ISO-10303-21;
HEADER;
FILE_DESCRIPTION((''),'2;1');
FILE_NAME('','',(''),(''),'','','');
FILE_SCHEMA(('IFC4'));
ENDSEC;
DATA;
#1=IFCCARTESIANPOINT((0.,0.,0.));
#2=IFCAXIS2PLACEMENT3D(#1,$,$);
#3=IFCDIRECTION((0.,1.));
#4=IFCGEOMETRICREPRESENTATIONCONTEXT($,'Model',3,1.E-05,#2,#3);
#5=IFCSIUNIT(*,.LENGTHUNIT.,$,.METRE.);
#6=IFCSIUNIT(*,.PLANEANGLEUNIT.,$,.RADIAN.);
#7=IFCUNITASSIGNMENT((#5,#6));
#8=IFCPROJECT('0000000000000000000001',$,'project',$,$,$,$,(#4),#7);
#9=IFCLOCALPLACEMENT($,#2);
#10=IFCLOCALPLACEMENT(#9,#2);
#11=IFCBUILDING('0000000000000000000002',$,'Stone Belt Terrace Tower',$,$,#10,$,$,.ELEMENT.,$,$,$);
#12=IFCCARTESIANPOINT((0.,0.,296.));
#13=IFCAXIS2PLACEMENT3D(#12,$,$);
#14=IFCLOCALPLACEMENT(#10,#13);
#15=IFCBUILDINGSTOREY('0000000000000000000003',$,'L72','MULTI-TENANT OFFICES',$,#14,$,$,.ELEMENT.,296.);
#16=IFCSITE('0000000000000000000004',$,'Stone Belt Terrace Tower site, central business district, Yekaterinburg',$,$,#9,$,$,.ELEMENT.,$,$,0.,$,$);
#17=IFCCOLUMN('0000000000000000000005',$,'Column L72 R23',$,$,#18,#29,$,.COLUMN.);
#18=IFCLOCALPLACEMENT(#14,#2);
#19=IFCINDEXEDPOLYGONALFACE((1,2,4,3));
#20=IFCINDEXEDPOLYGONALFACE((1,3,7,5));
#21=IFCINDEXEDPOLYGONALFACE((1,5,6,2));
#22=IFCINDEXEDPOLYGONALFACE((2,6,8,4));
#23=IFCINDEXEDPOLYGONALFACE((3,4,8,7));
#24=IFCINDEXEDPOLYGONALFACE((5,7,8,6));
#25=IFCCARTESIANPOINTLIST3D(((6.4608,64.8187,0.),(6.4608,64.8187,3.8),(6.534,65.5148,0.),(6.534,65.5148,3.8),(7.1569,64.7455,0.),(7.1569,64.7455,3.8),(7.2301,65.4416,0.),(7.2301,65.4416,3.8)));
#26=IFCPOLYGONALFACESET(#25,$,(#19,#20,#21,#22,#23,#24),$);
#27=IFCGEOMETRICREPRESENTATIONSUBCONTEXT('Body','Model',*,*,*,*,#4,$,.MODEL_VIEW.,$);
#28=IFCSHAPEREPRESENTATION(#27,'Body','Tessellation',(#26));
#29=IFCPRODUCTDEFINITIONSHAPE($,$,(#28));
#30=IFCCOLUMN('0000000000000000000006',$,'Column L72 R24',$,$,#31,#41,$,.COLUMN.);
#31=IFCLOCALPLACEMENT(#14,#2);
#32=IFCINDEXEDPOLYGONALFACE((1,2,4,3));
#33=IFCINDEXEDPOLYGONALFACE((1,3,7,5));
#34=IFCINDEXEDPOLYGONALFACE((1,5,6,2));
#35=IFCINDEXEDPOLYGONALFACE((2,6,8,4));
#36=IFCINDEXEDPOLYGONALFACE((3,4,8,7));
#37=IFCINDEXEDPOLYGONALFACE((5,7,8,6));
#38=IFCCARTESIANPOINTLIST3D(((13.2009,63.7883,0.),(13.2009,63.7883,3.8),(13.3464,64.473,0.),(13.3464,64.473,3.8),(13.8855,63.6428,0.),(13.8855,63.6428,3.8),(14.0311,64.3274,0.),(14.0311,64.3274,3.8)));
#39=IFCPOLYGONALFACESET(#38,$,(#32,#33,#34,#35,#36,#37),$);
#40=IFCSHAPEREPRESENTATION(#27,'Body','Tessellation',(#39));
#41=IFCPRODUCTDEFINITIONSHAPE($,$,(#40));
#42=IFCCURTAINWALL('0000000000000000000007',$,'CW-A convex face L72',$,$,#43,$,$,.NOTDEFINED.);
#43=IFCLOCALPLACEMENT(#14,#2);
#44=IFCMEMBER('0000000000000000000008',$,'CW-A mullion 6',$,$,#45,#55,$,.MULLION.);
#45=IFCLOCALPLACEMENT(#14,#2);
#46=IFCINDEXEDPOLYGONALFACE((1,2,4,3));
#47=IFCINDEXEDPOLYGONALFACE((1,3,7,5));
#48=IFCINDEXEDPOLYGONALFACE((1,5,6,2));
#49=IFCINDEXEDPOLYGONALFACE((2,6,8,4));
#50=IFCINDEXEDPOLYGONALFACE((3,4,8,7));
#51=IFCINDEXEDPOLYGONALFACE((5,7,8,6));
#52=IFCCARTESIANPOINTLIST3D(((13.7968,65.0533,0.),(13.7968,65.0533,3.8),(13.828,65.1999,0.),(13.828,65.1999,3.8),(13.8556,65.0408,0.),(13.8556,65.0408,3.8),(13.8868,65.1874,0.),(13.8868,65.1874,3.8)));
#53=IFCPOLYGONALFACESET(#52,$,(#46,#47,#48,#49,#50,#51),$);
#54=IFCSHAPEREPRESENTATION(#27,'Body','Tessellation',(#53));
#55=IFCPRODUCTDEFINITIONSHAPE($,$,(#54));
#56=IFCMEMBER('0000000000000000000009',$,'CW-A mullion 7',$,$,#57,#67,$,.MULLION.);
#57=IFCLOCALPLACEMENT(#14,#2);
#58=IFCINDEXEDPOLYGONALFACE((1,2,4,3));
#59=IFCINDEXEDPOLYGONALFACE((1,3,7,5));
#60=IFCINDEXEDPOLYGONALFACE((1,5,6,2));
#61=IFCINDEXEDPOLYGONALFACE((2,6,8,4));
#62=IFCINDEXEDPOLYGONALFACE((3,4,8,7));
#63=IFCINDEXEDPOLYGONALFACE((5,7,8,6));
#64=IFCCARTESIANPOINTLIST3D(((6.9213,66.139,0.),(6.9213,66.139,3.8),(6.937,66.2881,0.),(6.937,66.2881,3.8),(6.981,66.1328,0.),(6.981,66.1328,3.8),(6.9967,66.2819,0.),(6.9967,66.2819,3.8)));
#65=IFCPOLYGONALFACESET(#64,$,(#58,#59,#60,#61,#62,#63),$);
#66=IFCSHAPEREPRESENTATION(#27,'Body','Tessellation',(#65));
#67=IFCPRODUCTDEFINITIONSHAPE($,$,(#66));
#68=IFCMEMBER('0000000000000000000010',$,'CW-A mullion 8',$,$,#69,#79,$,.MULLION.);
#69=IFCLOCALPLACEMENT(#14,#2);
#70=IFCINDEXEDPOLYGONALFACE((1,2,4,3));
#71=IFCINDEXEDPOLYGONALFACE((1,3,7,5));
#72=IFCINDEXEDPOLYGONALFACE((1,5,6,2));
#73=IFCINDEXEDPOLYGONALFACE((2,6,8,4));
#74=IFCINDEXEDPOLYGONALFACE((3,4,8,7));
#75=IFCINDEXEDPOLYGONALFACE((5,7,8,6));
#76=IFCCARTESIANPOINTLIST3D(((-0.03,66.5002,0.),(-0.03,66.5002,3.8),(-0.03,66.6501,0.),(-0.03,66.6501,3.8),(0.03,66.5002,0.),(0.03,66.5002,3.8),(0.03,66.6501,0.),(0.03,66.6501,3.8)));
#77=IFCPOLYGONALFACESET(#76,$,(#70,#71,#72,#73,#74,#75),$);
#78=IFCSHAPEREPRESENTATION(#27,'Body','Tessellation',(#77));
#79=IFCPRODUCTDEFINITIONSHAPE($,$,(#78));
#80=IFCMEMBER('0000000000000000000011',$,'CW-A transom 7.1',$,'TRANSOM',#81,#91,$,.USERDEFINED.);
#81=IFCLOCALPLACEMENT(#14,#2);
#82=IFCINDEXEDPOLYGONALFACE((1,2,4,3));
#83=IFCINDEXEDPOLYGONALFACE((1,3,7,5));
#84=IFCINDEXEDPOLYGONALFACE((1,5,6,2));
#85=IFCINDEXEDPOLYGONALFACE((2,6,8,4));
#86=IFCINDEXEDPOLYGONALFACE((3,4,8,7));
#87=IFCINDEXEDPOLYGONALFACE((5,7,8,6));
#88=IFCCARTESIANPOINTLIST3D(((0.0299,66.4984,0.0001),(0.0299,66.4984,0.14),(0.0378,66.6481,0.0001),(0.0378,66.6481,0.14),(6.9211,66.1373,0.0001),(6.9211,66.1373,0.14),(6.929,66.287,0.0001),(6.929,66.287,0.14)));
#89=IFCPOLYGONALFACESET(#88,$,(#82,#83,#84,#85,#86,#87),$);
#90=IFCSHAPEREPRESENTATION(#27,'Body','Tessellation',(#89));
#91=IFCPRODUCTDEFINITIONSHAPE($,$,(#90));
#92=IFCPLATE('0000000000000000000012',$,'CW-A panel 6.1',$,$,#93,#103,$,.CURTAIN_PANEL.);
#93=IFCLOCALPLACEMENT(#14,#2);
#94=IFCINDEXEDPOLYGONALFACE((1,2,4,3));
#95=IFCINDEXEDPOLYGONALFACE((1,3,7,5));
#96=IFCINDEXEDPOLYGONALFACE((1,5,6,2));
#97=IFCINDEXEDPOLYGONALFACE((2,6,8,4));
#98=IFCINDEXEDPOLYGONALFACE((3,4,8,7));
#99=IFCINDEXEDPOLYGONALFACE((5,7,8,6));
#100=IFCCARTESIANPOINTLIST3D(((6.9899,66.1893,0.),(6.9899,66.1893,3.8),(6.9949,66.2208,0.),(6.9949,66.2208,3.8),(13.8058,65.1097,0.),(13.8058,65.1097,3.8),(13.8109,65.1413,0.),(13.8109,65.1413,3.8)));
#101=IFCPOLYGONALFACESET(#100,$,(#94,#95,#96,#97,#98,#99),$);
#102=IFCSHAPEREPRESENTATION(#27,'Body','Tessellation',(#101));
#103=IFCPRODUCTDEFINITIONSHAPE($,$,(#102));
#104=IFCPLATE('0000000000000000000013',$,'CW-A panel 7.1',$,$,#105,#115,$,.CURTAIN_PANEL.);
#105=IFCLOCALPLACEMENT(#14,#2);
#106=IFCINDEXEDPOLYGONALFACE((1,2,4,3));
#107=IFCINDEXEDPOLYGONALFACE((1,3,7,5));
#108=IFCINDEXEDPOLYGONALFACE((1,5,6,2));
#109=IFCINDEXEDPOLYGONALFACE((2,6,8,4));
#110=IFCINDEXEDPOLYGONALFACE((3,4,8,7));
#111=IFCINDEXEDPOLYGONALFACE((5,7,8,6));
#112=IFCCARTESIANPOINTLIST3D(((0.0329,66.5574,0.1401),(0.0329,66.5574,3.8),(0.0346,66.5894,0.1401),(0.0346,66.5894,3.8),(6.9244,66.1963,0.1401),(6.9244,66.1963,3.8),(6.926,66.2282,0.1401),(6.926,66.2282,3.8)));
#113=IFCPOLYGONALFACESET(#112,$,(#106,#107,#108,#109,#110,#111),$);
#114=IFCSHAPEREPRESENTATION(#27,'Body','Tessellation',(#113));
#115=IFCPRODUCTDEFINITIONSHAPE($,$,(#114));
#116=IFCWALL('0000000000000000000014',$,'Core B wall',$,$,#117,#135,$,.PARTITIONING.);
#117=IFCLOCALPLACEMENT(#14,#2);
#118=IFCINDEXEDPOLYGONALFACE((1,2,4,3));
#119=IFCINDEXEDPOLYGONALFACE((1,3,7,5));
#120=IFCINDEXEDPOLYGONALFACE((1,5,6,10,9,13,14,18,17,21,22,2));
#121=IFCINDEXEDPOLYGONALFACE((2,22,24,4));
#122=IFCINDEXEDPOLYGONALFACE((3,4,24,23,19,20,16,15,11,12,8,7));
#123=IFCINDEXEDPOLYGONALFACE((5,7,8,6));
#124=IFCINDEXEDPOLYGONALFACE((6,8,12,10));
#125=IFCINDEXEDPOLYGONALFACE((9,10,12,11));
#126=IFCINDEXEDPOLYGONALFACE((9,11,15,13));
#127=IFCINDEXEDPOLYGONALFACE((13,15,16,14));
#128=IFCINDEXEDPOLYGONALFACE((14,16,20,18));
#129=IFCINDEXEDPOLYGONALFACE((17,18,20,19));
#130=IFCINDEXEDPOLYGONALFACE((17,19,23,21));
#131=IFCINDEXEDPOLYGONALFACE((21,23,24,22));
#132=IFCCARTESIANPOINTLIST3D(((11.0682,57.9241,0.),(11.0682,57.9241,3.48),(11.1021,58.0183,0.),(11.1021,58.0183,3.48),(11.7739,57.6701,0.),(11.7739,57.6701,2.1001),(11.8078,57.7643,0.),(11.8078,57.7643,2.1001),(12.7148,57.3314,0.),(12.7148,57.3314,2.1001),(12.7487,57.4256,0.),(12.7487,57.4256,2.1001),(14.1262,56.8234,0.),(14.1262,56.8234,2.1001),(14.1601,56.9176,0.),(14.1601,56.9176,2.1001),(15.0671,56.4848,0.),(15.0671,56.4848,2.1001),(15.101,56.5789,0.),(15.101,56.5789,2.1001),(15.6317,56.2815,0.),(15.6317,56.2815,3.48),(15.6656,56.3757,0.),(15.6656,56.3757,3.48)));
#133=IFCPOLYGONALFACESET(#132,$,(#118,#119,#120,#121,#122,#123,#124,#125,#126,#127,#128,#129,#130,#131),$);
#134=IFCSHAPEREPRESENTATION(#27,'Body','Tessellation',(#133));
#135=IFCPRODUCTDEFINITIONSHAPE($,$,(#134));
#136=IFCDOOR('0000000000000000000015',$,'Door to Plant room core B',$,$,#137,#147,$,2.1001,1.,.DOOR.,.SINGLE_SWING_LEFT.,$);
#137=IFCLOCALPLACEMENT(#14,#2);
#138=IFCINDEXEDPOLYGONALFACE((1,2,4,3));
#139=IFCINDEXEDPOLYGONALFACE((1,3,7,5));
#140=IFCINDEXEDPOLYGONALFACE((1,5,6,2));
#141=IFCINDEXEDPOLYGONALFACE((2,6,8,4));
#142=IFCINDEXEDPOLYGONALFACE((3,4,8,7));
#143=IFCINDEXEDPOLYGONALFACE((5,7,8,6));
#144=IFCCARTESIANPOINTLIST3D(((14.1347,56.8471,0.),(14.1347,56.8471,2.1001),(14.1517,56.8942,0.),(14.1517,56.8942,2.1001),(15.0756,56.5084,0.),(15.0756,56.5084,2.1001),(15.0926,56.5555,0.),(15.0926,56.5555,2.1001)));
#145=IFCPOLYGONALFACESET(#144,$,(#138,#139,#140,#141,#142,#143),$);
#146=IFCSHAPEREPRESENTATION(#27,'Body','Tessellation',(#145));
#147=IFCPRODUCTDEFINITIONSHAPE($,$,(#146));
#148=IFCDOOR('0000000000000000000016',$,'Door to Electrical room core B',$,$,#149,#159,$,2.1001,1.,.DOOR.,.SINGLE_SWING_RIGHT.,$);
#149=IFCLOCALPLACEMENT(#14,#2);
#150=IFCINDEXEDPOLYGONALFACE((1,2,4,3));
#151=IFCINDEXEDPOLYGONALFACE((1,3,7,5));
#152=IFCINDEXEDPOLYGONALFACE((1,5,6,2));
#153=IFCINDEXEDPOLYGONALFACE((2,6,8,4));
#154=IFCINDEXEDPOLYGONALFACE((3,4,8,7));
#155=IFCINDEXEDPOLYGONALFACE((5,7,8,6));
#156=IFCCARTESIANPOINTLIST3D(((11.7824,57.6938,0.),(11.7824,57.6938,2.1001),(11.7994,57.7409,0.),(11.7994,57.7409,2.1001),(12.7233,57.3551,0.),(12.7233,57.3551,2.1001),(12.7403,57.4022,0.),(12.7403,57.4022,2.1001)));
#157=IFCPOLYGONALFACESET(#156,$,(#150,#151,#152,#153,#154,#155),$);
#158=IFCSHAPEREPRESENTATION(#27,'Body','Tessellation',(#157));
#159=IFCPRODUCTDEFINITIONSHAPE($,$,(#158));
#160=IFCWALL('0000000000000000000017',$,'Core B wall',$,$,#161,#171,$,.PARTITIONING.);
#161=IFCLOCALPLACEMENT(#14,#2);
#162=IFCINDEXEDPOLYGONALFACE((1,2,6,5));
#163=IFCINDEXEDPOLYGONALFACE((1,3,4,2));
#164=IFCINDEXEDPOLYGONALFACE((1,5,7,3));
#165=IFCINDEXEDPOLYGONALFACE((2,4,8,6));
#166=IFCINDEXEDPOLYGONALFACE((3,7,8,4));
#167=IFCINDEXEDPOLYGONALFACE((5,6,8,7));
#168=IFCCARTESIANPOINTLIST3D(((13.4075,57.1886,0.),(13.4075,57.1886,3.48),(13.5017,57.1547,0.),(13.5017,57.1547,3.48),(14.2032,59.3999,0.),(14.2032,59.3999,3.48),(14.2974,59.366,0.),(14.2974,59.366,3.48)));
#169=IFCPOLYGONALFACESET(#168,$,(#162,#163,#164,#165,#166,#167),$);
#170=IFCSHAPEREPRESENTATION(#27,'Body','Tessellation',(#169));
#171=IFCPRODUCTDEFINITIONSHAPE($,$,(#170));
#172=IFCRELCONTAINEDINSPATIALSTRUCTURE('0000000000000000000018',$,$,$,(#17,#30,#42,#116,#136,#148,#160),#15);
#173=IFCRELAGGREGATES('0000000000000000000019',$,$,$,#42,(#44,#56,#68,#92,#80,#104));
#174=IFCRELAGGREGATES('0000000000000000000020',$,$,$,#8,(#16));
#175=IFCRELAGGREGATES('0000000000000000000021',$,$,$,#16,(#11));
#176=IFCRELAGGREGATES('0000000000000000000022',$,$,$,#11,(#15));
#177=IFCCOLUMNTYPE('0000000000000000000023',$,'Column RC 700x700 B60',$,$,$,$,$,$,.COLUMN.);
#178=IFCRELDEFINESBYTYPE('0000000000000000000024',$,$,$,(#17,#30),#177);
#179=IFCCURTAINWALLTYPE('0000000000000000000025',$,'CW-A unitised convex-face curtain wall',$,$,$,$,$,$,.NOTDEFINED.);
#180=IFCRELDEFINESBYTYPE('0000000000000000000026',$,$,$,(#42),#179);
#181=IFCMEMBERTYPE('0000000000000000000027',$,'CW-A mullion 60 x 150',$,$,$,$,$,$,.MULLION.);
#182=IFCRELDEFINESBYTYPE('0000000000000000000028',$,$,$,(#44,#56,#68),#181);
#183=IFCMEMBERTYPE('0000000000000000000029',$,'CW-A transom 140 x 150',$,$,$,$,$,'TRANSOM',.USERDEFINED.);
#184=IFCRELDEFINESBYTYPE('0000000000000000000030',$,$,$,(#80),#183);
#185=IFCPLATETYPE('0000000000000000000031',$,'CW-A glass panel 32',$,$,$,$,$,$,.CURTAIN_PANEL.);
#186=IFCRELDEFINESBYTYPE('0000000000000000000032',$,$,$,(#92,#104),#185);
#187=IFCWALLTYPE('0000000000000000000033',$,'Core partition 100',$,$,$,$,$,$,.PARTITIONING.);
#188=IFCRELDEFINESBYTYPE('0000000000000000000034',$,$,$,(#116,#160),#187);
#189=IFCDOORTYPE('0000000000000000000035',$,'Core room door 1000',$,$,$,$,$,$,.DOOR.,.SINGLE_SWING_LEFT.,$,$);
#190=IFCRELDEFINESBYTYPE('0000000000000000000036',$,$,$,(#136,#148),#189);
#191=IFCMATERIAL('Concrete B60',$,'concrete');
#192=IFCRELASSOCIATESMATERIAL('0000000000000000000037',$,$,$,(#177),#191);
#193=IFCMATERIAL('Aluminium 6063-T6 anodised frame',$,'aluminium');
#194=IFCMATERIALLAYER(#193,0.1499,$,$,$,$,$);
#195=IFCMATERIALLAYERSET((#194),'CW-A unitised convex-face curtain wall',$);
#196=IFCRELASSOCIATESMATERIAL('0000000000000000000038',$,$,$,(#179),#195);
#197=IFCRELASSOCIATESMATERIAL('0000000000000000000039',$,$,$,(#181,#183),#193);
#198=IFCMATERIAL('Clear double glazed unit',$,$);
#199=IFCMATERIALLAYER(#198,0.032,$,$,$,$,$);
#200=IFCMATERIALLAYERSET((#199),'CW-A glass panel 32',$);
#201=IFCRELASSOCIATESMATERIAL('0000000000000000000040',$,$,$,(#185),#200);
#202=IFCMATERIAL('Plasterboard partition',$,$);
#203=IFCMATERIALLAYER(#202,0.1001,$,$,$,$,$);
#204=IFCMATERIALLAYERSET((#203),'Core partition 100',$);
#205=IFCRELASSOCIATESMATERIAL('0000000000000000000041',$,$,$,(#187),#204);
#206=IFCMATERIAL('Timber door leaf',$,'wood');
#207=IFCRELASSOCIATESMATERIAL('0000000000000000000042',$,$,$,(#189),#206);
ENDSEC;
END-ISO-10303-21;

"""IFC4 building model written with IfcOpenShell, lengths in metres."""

from ifc_helpers import new_model, si_unit, direction, frame, frame_2d, origin, origin_2d, place, context, subcontext, project, spatial, rectangle, extrude, material, layer, layer_set, material_profile, profile_set, type_object, element, fill, aggregate, save


model = new_model("IFC4")

# Units and contexts
model_context = context("Model", 3, precision=1e-05, world=origin(), true_north=direction((0.0, 1.0)))
body_context = subcontext(model_context, "Body", "Model", "MODEL_VIEW")
ifc_project = project(units=[si_unit("LENGTHUNIT", "METRE"), si_unit("PLANEANGLEUNIT", "RADIAN")], contexts=[model_context])

# Site, building, storey
site_placement = place(None, origin())
site = spatial("IfcSite", under=ifc_project, at=site_placement, Name="Stone Belt Terrace Tower site, central business district, Yekaterinburg", CompositionType="ELEMENT", RefElevation=0.0)
building_placement = place(site_placement, origin())
building = spatial("IfcBuilding", under=site, at=building_placement, Name="Stone Belt Terrace Tower", CompositionType="ELEMENT")
storey_placement = place(building_placement, frame((0.0, 0.0, 296.0)))
storey = spatial("IfcBuildingStorey", under=building, at=storey_placement, Name="L72", Description="MULTI-TENANT OFFICES", CompositionType="ELEMENT", Elevation=296.0)

# Columns
ifc_material_1 = material(Name="Concrete B60", Category="concrete")
ifc_material_profile_1 = material_profile(ifc_material_1, rectangle(XDim=0.7, YDim=0.7, at=origin_2d()), Name="RC 700x700")
ifc_profile_set_1 = profile_set([ifc_material_profile_1], Name="Concrete B60")
column_type = type_object("IfcColumnType", Name="Column RC 700x700 B60", PredefinedType="COLUMN", material=ifc_profile_set_1)
for number, where, z_axis, x_axis, name in (
    (1, (6.8455, 65.1301, 0.0), (0.0, 0.0, 1.0), (0.994522, -0.104528, 0.0), "Column L72 R23"),
    (2, (13.616, 64.0579, 0.0), (0.0, 0.0, 1.0), (0.978148, -0.207912, 0.0), "Column L72 R24"),
):
    element("IfcColumn", number, at=place(storey_placement, frame(where, z_axis=z_axis, x_axis=x_axis)), inside=storey, type_object=column_type, Name=name, PredefinedType="COLUMN", context=body_context, shape_type="SweptSolid", body=[
        extrude(rectangle(XDim=0.7, YDim=0.7, at=origin_2d()), origin(), (0.0, 0.0, 1.0), 3.8),
    ])

# Curtain wall, members, plates
ifc_material_2 = material(Name="Aluminium 6063-T6 anodised frame", Category="aluminium")
ifc_layer_1 = layer(ifc_material_2, 0.1499)
ifc_layer_set_1 = layer_set([ifc_layer_1], Name="CW-A unitised convex-face curtain wall")
curtain_wall_type = type_object("IfcCurtainWallType", Name="CW-A unitised convex-face curtain wall", PredefinedType="NOTDEFINED", material=ifc_layer_set_1)
curtain_wall_placement = place(storey_placement, origin())
curtain_wall = element("IfcCurtainWall", 3, at=curtain_wall_placement, inside=storey, type_object=curtain_wall_type, Name="CW-A convex face L72", PredefinedType="NOTDEFINED")
ifc_material_profile_2 = material_profile(ifc_material_2, rectangle(XDim=0.1499, YDim=0.0601, at=origin_2d()), Name="Aluminium 6063-T6 60x150")
ifc_profile_set_2 = profile_set([ifc_material_profile_2], Name="Aluminium 6063-T6 anodised frame")
member_type_1 = type_object("IfcMemberType", Name="CW-A mullion 60 x 150", PredefinedType="MULLION", material=ifc_profile_set_2)
member_1_placement = place(storey_placement, frame((13.8418, 65.1204, 0.0), z_axis=(0.0, 0.0, 1.0), x_axis=(-0.207912, -0.978148, 0.0)))
member_1 = element("IfcMember", 4, at=member_1_placement, type_object=member_type_1, Name="CW-A mullion 6", PredefinedType="MULLION", context=body_context, shape_type="SweptSolid", body=[
    extrude(rectangle(XDim=0.1499, YDim=0.0601, at=origin_2d()), origin(), (0.0, 0.0, 1.0), 3.8),
])
member_2_placement = place(storey_placement, frame((6.959, 66.2104, 0.0), z_axis=(0.0, 0.0, 1.0), x_axis=(-0.104528, -0.994522, 0.0)))
member_2 = element("IfcMember", 5, at=member_2_placement, type_object=member_type_1, Name="CW-A mullion 7", PredefinedType="MULLION", context=body_context, shape_type="SweptSolid", body=[
    extrude(rectangle(XDim=0.1499, YDim=0.0601, at=origin_2d()), origin(), (0.0, 0.0, 1.0), 3.8),
])
member_3_placement = place(storey_placement, frame((0.0, 66.5752, 0.0), z_axis=(0.0, 0.0, 1.0), x_axis=(0.0, -1.0, 0.0)))
member_3 = element("IfcMember", 6, at=member_3_placement, type_object=member_type_1, Name="CW-A mullion 8", PredefinedType="MULLION", context=body_context, shape_type="SweptSolid", body=[
    extrude(rectangle(XDim=0.1499, YDim=0.0601, at=origin_2d()), origin(), (0.0, 0.0, 1.0), 3.8),
])
ifc_material_profile_3 = material_profile(ifc_material_2, rectangle(XDim=0.1499, YDim=0.1399, at=origin_2d()), Name="Aluminium 6063-T6 150x140")
ifc_profile_set_3 = profile_set([ifc_material_profile_3], Name="Aluminium 6063-T6 anodised frame")
member_type_2 = type_object("IfcMemberType", Name="CW-A transom 140 x 150", ElementType="TRANSOM", PredefinedType="USERDEFINED", material=ifc_profile_set_3)
member_4_placement = place(storey_placement, frame((6.925, 66.2122, 0.0701), z_axis=(-0.99863, 0.052327, 0.0), x_axis=(-0.052327, -0.99863, 0.0)))
member_4 = element("IfcMember", 7, at=member_4_placement, type_object=member_type_2, Name="CW-A transom 7.1", ObjectType="TRANSOM", PredefinedType="USERDEFINED", context=body_context, shape_type="SweptSolid", body=[
    extrude(rectangle(XDim=0.1499, YDim=0.1399, at=origin_2d()), origin(), (0.0, 0.0, 1.0), 6.9006),
])
ifc_material_3 = material(Name="Clear double glazed unit")
ifc_layer_2 = layer(ifc_material_3, 0.032)
ifc_layer_set_2 = layer_set([ifc_layer_2], Name="CW-A glass panel 32")
plate_type = type_object("IfcPlateType", Name="CW-A glass panel 32", PredefinedType="CURTAIN_PANEL", material=ifc_layer_set_2)
plate_1_placement = place(storey_placement, frame((10.4004, 65.6653, 0.0), z_axis=(0.0, 0.0, 1.0), x_axis=(-0.987688, 0.156434, 0.0)))
plate_1 = element("IfcPlate", 8, at=plate_1_placement, type_object=plate_type, Name="CW-A panel 6.1", PredefinedType="CURTAIN_PANEL", context=body_context, shape_type="SweptSolid", body=[
    extrude(rectangle(XDim=6.9009, YDim=0.032, at=origin_2d()), origin(), (0.0, 0.0, 1.0), 3.8),
])
plate_2_placement = place(storey_placement, frame((3.4795, 66.3928, 0.1401), z_axis=(0.0, 0.0, 1.0), x_axis=(-0.99863, 0.052336, 0.0)))
plate_2 = element("IfcPlate", 9, at=plate_2_placement, type_object=plate_type, Name="CW-A panel 7.1", PredefinedType="CURTAIN_PANEL", context=body_context, shape_type="SweptSolid", body=[
    extrude(rectangle(XDim=6.9009, YDim=0.032, at=origin_2d()), origin(), (0.0, 0.0, 1.0), 3.6599),
])
aggregate(curtain_wall, [member_1, member_2, member_3, plate_1, member_4, plate_2])

# Wall, openings, doors
ifc_material_4 = material(Name="Plasterboard partition")
ifc_layer_3 = layer(ifc_material_4, 0.1001)
ifc_layer_set_3 = layer_set([ifc_layer_3], Name="Core partition 100")
wall_type_1 = type_object("IfcWallType", Name="Core partition 100", PredefinedType="PARTITIONING", material=ifc_layer_set_3)
wall_1_placement = place(storey_placement, frame((15.6487, 56.3286, 0.0), z_axis=(0.0, 0.0, 1.0), x_axis=(-0.940905, 0.33867, 0.0)))
wall_1 = element("IfcWall", 10, at=wall_1_placement, inside=storey, type_object=wall_type_1, Name="Core B wall", PredefinedType="PARTITIONING", context=body_context, shape_type="SweptSolid", body=[
    extrude(rectangle(XDim=4.8501, YDim=0.1001, at=frame_2d((2.425, 0.0))), origin(), (0.0, 0.0, 1.0), 3.48),
])
opening_1_placement = place(wall_1_placement, frame((0.6001, 0.0, 0.0)))
opening_1 = element("IfcOpeningElement", 11, at=opening_1_placement, cuts=wall_1, PredefinedType="OPENING", context=body_context, shape_type="SweptSolid", body=[
    extrude(rectangle(XDim=1.0, YDim=2.1001, at=frame_2d((0.5, 1.05))), frame((0.0, 0.0601, 0.0), z_axis=(0.0, -1.0, 0.0), x_axis=(1.0, 0.0, 0.0)), (0.0, 0.0, 1.0), 0.1201),
])
opening_2_placement = place(wall_1_placement, frame((3.1001, 0.0, 0.0)))
opening_2 = element("IfcOpeningElement", 12, at=opening_2_placement, cuts=wall_1, PredefinedType="OPENING", context=body_context, shape_type="SweptSolid", body=[
    extrude(rectangle(XDim=1.0, YDim=2.1001, at=frame_2d((0.5, 1.05))), frame((0.0, 0.0601, 0.0), z_axis=(0.0, -1.0, 0.0), x_axis=(1.0, 0.0, 0.0)), (0.0, 0.0, 1.0), 0.1201),
])
ifc_material_5 = material(Name="Timber door leaf", Category="wood")
door_type_1 = type_object("IfcDoorType", Name="Core room door 1000", OperationType="SINGLE_SWING_LEFT", PredefinedType="DOOR", material=ifc_material_5)
door_1_placement = place(opening_1_placement, origin())
door_1 = element("IfcDoor", 13, at=door_1_placement, inside=storey, type_object=door_type_1, Name="Door to Plant room core B", OperationType="SINGLE_SWING_LEFT", OverallHeight=2.1001, OverallWidth=1.0, PredefinedType="DOOR", context=body_context, shape_type="SweptSolid", body=[
    extrude(rectangle(XDim=1.0, YDim=2.1001, at=frame_2d((0.5, 1.05))), frame((0.0, 0.0249, 0.0), z_axis=(0.0, -1.0, 0.0), x_axis=(1.0, 0.0, 0.0)), (0.0, 0.0, 1.0), 0.05),
])
fill(opening_1, door_1)
door_2_placement = place(opening_2_placement, origin())
door_2 = element("IfcDoor", 14, at=door_2_placement, inside=storey, type_object=door_type_1, Name="Door to Electrical room core B", OperationType="SINGLE_SWING_RIGHT", OverallHeight=2.1001, OverallWidth=1.0, PredefinedType="DOOR", context=body_context, shape_type="SweptSolid", body=[
    extrude(rectangle(XDim=1.0, YDim=2.1001, at=frame_2d((0.5, 1.05))), frame((0.0, 0.0249, 0.0), z_axis=(0.0, -1.0, 0.0), x_axis=(1.0, 0.0, 0.0)), (0.0, 0.0, 1.0), 0.05),
])
fill(opening_2, door_2)

# Wall
wall_2_placement = place(storey_placement, frame((13.4546, 57.1716, 0.0), z_axis=(0.0, 0.0, 1.0), x_axis=(0.33858, 0.940938, 0.0)))
element("IfcWall", 15, at=wall_2_placement, inside=storey, type_object=wall_type_1, Name="Core B wall", PredefinedType="PARTITIONING", context=body_context, shape_type="SweptSolid", body=[
    extrude(rectangle(XDim=2.3501, YDim=0.1001, at=frame_2d((1.175, 0.0))), origin(), (0.0, 0.0, 1.0), 3.48),
])

save(model, "model.ifc")
